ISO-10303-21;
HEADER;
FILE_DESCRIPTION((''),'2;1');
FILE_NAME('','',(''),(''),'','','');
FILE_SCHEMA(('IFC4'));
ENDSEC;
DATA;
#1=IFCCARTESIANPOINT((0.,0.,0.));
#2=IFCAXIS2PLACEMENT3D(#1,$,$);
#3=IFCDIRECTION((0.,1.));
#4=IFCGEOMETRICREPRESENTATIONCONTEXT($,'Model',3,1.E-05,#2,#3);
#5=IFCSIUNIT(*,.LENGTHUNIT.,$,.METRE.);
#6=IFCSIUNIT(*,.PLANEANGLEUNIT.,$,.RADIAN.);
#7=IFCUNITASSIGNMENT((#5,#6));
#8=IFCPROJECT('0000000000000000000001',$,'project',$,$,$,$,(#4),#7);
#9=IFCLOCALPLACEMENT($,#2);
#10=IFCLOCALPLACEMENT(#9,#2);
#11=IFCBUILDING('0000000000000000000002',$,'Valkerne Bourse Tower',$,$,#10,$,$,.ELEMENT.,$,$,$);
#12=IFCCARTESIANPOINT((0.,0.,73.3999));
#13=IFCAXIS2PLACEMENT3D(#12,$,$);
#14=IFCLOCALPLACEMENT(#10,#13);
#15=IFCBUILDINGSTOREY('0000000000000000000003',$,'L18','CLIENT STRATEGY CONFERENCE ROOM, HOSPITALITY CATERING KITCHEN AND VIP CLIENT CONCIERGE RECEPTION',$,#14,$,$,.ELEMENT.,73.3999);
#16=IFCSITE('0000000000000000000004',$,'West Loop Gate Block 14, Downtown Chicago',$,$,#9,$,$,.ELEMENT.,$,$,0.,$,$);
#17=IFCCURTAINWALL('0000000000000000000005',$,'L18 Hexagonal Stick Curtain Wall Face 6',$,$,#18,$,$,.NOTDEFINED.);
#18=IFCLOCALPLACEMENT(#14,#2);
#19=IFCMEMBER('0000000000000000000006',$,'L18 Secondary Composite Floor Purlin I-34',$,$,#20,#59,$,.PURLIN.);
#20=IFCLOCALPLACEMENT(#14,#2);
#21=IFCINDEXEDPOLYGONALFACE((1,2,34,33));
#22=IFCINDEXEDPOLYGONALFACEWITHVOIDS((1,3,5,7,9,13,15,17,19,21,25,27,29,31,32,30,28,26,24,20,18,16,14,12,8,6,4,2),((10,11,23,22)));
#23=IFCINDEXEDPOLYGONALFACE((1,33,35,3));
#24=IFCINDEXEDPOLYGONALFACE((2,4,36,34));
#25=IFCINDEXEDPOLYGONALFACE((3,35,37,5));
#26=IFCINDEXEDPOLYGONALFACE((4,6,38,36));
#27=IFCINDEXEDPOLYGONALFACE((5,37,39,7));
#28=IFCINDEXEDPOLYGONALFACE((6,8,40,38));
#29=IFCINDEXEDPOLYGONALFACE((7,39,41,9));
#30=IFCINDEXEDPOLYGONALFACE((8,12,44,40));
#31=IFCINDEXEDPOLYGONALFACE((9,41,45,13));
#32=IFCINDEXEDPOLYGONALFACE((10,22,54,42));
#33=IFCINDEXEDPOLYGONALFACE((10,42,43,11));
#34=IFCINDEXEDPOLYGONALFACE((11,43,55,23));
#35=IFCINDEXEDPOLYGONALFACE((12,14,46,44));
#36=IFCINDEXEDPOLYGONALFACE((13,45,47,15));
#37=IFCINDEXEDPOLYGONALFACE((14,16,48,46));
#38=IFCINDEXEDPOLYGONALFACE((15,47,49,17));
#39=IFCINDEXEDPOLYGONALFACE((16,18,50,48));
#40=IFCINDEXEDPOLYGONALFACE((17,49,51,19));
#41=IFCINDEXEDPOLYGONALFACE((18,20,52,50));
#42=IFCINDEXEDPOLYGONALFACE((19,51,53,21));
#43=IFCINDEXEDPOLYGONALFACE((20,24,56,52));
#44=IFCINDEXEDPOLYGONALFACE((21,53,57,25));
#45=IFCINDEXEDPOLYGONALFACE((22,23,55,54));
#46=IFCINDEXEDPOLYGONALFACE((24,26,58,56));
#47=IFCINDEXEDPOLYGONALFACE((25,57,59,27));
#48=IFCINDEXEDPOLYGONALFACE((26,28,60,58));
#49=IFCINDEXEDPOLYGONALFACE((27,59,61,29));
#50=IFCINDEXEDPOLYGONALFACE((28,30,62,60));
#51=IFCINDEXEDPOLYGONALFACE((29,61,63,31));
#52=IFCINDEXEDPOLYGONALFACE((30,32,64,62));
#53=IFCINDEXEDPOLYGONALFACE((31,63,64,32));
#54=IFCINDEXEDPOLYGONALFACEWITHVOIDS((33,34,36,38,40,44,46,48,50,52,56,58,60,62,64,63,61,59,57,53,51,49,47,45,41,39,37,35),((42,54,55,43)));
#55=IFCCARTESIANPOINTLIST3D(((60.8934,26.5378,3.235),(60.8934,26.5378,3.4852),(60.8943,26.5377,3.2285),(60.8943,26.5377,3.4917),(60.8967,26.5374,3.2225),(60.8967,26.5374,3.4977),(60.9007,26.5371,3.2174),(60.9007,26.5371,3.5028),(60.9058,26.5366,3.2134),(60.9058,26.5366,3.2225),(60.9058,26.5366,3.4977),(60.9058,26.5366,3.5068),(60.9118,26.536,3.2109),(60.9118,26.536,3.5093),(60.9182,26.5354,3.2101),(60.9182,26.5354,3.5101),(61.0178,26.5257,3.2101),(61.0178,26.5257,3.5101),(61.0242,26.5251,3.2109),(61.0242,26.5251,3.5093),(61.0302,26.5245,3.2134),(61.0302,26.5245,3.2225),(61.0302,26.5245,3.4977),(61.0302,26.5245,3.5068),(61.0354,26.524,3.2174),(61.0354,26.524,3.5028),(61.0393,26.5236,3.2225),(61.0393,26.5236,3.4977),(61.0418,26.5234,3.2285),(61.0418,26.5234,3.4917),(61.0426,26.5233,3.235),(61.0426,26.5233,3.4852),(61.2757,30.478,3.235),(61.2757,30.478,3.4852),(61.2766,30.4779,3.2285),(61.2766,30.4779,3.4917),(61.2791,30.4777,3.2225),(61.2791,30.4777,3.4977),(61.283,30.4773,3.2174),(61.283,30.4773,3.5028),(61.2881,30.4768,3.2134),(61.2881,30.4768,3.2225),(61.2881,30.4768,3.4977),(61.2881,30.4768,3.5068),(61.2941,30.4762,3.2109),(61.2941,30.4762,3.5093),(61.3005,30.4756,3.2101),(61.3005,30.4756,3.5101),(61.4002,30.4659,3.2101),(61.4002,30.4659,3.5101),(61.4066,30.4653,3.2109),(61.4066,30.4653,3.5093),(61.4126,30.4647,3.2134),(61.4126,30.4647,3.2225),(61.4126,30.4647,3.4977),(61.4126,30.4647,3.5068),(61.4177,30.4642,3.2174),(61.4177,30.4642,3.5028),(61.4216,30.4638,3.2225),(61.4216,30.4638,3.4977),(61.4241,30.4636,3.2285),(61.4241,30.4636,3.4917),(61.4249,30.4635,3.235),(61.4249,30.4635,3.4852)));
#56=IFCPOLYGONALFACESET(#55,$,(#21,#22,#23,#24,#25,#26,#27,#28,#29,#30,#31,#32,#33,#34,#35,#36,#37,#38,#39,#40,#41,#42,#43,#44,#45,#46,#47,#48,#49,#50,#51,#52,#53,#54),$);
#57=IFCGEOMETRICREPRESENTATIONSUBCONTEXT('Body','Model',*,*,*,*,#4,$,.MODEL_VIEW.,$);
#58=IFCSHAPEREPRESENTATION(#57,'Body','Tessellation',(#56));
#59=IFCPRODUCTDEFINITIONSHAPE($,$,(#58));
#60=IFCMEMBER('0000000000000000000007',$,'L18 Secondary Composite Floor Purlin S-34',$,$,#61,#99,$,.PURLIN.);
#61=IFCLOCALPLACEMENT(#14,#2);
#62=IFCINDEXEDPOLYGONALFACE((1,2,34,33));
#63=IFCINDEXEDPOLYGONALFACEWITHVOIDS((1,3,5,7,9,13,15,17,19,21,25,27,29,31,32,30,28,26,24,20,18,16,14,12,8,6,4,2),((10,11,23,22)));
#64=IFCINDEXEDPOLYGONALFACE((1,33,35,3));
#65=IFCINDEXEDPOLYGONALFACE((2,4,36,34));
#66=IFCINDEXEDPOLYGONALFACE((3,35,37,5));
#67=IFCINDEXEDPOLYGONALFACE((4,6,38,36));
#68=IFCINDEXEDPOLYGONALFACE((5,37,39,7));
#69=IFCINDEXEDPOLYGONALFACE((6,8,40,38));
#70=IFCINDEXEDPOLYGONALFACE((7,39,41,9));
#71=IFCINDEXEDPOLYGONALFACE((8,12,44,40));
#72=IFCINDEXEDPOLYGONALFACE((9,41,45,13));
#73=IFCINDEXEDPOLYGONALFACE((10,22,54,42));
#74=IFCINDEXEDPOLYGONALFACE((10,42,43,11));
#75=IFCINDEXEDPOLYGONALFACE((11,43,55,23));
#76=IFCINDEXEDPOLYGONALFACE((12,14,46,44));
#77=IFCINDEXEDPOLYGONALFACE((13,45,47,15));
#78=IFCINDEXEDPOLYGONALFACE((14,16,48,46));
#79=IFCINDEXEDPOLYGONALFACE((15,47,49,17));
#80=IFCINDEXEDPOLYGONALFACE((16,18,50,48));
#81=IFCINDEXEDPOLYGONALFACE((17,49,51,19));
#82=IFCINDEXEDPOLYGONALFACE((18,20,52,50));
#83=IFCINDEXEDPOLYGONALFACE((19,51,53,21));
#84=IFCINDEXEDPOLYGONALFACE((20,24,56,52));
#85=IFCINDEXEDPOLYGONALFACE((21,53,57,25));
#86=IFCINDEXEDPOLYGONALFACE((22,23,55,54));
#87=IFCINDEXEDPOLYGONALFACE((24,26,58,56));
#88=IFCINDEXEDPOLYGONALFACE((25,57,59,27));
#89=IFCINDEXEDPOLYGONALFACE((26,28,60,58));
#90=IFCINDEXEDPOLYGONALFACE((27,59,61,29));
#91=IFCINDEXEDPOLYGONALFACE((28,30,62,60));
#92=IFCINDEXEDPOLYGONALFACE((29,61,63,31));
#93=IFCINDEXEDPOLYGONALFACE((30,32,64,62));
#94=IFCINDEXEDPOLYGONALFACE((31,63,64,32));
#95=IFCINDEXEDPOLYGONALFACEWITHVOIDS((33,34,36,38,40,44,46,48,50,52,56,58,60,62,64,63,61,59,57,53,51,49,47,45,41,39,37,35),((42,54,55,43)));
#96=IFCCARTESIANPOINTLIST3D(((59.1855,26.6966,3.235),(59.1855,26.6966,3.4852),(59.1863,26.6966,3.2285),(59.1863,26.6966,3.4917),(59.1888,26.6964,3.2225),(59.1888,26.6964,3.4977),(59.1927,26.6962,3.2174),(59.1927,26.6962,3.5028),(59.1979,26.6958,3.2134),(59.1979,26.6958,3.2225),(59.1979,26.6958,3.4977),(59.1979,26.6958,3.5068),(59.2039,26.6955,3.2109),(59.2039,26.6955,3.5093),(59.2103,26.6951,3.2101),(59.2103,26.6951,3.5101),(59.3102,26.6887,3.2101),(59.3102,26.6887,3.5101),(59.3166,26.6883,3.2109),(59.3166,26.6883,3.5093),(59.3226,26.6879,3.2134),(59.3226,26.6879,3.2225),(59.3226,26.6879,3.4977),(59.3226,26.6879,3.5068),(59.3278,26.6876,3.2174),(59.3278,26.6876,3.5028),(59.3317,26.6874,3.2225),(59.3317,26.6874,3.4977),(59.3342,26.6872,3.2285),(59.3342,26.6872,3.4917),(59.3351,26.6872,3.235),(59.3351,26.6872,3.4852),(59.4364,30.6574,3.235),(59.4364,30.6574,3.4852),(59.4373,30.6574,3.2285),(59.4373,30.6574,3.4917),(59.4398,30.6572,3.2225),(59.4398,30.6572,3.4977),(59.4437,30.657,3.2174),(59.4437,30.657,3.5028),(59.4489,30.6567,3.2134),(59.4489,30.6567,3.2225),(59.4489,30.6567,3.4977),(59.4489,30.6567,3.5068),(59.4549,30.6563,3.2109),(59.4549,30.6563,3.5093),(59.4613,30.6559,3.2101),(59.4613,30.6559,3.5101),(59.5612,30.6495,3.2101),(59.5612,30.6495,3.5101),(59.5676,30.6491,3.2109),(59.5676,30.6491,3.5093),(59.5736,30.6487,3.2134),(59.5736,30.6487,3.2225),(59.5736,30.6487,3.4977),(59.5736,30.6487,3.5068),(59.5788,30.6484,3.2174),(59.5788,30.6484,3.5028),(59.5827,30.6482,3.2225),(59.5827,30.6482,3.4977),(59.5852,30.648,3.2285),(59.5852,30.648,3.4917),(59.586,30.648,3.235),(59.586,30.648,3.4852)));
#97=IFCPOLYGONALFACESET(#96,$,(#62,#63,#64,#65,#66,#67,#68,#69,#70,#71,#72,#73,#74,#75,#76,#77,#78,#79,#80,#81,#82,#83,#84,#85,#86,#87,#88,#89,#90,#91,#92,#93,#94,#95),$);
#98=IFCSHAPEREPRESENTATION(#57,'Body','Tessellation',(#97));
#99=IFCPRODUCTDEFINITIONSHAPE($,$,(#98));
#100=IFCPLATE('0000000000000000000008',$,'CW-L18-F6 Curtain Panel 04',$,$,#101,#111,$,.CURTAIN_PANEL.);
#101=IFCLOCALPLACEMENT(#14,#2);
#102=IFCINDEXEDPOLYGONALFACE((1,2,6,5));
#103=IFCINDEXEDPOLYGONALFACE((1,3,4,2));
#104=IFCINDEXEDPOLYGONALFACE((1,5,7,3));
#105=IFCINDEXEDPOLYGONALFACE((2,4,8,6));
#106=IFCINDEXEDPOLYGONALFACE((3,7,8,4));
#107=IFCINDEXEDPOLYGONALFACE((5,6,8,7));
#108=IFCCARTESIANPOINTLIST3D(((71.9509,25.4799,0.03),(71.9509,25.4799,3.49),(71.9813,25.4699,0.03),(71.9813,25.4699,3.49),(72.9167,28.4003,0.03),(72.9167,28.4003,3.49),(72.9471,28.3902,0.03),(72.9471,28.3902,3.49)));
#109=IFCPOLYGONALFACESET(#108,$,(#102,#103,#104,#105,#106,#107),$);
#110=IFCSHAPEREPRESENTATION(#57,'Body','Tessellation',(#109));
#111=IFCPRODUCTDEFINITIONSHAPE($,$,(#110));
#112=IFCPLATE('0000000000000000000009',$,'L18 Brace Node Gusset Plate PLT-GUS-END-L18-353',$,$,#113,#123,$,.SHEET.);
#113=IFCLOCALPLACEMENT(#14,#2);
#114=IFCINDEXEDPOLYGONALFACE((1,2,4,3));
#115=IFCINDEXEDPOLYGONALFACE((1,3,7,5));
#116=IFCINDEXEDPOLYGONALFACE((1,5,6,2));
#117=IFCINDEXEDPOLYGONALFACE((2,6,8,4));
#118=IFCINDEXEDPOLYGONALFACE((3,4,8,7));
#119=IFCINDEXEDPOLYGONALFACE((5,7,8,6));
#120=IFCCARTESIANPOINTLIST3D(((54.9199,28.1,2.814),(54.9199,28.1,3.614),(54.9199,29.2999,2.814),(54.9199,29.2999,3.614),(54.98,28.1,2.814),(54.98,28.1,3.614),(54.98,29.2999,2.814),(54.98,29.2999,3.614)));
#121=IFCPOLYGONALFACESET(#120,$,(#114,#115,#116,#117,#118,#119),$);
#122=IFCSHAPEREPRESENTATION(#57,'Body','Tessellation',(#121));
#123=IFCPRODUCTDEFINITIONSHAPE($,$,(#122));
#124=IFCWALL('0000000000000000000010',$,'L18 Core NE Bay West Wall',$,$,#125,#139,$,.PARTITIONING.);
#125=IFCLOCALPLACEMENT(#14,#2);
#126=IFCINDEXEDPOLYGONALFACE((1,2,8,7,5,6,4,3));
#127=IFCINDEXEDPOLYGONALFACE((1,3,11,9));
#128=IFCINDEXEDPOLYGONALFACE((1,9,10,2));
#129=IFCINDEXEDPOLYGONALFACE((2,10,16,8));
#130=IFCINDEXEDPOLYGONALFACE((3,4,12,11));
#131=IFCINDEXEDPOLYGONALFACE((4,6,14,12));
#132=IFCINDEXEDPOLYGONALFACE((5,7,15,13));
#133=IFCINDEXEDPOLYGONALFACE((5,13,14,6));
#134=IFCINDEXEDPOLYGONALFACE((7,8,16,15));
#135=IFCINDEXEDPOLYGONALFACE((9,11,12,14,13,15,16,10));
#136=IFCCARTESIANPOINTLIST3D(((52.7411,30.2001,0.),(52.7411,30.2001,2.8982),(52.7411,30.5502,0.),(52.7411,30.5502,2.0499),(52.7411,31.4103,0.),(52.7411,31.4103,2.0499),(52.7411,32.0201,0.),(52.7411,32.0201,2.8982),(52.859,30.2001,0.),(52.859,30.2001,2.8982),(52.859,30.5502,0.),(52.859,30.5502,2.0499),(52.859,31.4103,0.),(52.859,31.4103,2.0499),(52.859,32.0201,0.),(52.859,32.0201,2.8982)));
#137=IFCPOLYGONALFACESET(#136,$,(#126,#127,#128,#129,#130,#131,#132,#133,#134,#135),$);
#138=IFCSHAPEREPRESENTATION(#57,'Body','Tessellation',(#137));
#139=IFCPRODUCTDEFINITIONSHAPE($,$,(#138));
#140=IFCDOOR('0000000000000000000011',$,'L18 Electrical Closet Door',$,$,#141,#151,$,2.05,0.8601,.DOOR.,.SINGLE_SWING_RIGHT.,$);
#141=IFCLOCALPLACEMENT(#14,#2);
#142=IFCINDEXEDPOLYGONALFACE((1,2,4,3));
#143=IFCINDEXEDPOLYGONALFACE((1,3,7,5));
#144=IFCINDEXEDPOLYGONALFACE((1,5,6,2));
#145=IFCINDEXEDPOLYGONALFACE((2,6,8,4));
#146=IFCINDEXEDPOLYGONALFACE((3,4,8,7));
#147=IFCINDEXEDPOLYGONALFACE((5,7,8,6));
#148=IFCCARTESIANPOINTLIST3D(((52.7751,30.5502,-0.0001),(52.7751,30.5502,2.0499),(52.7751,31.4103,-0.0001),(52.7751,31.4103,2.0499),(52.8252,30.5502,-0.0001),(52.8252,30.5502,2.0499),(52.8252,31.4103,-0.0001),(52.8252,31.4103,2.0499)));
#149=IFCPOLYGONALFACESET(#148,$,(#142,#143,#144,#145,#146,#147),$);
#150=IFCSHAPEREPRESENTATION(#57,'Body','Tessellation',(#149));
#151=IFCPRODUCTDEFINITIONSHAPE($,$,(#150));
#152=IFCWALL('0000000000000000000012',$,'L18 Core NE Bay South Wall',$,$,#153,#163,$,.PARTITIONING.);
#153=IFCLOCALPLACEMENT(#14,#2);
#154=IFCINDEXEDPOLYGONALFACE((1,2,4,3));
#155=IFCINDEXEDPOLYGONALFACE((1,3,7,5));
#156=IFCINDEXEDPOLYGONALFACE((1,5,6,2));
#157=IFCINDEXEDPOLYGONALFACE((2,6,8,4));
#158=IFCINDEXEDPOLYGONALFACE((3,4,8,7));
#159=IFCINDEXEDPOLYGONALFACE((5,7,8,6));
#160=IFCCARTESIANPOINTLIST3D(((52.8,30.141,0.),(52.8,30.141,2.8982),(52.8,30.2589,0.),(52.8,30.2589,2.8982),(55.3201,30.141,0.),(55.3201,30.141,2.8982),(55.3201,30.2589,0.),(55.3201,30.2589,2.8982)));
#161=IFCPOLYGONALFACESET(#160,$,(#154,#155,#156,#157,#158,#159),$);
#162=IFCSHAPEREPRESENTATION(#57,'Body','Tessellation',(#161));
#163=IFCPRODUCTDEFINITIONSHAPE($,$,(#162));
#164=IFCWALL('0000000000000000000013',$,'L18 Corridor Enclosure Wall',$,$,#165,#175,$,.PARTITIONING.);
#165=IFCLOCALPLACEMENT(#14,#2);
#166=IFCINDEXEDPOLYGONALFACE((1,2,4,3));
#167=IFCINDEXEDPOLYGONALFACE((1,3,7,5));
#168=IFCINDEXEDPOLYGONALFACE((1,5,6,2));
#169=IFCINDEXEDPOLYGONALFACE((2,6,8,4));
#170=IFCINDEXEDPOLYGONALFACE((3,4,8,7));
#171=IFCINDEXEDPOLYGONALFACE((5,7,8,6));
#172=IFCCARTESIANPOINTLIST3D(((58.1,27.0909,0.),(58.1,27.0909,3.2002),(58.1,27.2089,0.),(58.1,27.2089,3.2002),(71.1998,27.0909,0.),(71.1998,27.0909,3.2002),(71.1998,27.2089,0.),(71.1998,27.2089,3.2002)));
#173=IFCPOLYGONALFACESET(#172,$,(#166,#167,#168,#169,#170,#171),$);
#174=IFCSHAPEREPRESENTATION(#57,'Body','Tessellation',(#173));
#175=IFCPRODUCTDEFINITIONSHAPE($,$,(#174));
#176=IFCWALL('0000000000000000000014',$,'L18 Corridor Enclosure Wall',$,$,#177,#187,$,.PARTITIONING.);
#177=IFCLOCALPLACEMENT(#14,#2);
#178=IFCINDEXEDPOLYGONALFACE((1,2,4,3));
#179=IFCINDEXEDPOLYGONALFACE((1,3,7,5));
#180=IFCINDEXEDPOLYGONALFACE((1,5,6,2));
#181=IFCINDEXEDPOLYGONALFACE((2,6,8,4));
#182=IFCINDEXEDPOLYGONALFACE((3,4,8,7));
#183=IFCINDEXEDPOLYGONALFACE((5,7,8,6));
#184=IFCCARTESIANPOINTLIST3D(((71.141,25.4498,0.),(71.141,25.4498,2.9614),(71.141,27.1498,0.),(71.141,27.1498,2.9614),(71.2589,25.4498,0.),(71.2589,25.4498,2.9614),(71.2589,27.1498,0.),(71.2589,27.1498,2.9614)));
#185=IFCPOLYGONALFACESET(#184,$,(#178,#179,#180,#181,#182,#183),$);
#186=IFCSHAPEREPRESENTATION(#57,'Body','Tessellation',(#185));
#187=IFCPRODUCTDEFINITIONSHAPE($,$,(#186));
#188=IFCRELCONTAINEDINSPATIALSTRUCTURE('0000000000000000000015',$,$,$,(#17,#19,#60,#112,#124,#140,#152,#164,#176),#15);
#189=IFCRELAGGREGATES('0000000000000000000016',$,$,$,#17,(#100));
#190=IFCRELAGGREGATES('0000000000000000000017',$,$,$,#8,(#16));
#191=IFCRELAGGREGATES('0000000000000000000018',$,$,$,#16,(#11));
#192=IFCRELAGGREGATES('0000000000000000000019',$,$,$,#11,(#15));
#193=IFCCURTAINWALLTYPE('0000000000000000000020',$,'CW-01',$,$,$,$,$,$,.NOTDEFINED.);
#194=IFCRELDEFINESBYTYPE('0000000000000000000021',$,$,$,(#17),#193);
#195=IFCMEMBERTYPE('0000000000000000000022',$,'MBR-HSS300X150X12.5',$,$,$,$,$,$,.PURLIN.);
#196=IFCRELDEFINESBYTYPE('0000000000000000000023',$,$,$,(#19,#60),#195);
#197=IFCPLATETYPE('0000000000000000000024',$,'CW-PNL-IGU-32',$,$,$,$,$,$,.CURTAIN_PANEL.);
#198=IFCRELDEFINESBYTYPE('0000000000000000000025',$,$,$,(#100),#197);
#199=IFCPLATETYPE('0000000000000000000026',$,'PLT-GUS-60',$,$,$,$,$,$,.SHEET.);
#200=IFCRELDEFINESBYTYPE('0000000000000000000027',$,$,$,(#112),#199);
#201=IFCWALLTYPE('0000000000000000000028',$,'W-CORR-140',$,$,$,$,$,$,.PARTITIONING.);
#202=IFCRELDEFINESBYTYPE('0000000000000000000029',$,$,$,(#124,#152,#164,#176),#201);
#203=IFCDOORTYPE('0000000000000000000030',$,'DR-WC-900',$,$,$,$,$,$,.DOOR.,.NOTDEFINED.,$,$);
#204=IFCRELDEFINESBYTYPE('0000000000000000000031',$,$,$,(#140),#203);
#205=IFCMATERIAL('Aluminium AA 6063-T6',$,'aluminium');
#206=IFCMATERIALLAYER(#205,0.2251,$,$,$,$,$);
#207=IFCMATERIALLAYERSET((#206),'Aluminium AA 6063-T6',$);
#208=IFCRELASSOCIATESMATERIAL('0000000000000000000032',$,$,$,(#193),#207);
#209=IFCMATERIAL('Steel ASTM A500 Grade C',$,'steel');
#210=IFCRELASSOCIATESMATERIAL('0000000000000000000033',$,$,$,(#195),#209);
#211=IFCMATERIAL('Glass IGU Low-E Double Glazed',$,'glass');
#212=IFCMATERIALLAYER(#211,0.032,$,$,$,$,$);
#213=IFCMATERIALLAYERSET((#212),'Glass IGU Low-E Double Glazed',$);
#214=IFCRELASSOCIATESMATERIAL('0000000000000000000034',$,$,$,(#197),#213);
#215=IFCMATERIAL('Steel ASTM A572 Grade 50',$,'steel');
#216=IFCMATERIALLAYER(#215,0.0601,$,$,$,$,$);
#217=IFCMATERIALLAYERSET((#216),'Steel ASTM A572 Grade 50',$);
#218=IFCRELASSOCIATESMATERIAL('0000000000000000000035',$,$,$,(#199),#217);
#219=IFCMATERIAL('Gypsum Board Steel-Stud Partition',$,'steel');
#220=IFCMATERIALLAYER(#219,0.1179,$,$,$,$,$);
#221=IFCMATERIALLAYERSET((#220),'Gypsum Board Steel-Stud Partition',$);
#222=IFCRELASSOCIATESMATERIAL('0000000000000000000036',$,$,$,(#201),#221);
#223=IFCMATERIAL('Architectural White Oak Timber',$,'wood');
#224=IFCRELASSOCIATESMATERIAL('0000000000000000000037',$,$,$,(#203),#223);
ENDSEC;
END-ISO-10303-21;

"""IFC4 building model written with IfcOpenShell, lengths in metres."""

from ifc_helpers import new_model, si_unit, direction, frame, frame_2d, origin, origin_2d, place, context, subcontext, project, spatial, rectangle, hollow_rectangle, extrude, material, layer, layer_set, material_profile, profile_set, type_object, element, fill, aggregate, save


model = new_model("IFC4")

# Units and contexts
model_context = context("Model", 3, precision=1e-05, world=origin(), true_north=direction((0.0, 1.0)))
body_context = subcontext(model_context, "Body", "Model", "MODEL_VIEW")
ifc_project = project(units=[si_unit("LENGTHUNIT", "METRE"), si_unit("PLANEANGLEUNIT", "RADIAN")], contexts=[model_context])

# Site, building, storey
site_placement = place(None, origin())
site = spatial("IfcSite", under=ifc_project, at=site_placement, Name="West Loop Gate Block 14, Downtown Chicago", CompositionType="ELEMENT", RefElevation=0.0)
building_placement = place(site_placement, origin())
building = spatial("IfcBuilding", under=site, at=building_placement, Name="Valkerne Bourse Tower", CompositionType="ELEMENT")
storey_placement = place(building_placement, frame((0.0, 0.0, 73.3999)))
storey = spatial("IfcBuildingStorey", under=building, at=storey_placement, Name="L18", Description="CLIENT STRATEGY CONFERENCE ROOM, HOSPITALITY CATERING KITCHEN AND VIP CLIENT CONCIERGE RECEPTION", CompositionType="ELEMENT", Elevation=73.3999)

# Curtain wall
ifc_material_1 = material(Name="Aluminium AA 6063-T6", Category="aluminium")
ifc_layer_1 = layer(ifc_material_1, 0.2251)
ifc_layer_set_1 = layer_set([ifc_layer_1], Name="Aluminium AA 6063-T6")
curtain_wall_type = type_object("IfcCurtainWallType", Name="CW-01", PredefinedType="NOTDEFINED", material=ifc_layer_set_1)
curtain_wall_1_placement = place(storey_placement, origin())
curtain_wall_1 = element("IfcCurtainWall", 1, at=curtain_wall_1_placement, inside=storey, type_object=curtain_wall_type, Name="L18 Hexagonal Stick Curtain Wall Face 6", PredefinedType="NOTDEFINED")

# Members
ifc_material_2 = material(Name="Steel ASTM A500 Grade C", Category="steel")
ifc_material_profile_1 = material_profile(ifc_material_2, hollow_rectangle(XDim=0.1499, YDim=0.3, WallThickness=0.0125, OuterFilletRadius=0.0249, at=origin_2d()), Name="HSS300X150X12.5")
ifc_profile_set_1 = profile_set([ifc_material_profile_1], Name="Steel ASTM A500 Grade C")
member_type_1 = type_object("IfcMemberType", Name="MBR-HSS300X150X12.5", PredefinedType="PURLIN", material=ifc_profile_set_1)
member_1_placement = place(storey_placement, frame((60.968, 26.5305, 3.3601), z_axis=(0.096578, 0.995325, 0.0), x_axis=(-0.995325, 0.096578, 0.0)))
element("IfcMember", 2, at=member_1_placement, inside=storey, type_object=member_type_1, Name="L18 Secondary Composite Floor Purlin I-34", PredefinedType="PURLIN", context=body_context, shape_type="SweptSolid", body=[
    extrude(hollow_rectangle(XDim=0.1499, YDim=0.3, WallThickness=0.0125, OuterFilletRadius=0.0249, at=origin_2d()), origin(), (0.0, 0.0, 1.0), 3.9587),
])
member_2_placement = place(storey_placement, frame((59.2603, 26.6919, 3.3601), z_axis=(0.06324, 0.997998, 0.0), x_axis=(-0.997998, 0.06324, 0.0)))
element("IfcMember", 3, at=member_2_placement, inside=storey, type_object=member_type_1, Name="L18 Secondary Composite Floor Purlin S-34", PredefinedType="PURLIN", context=body_context, shape_type="SweptSolid", body=[
    extrude(hollow_rectangle(XDim=0.1499, YDim=0.3, WallThickness=0.0125, OuterFilletRadius=0.0249, at=origin_2d()), origin(), (0.0, 0.0, 1.0), 3.9688),
])

# Plates
ifc_material_3 = material(Name="Glass IGU Low-E Double Glazed", Category="glass")
ifc_layer_2 = layer(ifc_material_3, 0.032)
ifc_layer_set_2 = layer_set([ifc_layer_2], Name="Glass IGU Low-E Double Glazed")
plate_type_1 = type_object("IfcPlateType", Name="CW-PNL-IGU-32", PredefinedType="CURTAIN_PANEL", material=ifc_layer_set_2)
plate_1_placement = place(storey_placement, frame((72.449, 26.9351, 0.03), z_axis=(0.0, 0.0, 1.0), x_axis=(0.31399, 0.949426, 0.0)))
plate_1 = element("IfcPlate", 4, at=plate_1_placement, type_object=plate_type_1, Name="CW-L18-F6 Curtain Panel 04", PredefinedType="CURTAIN_PANEL", context=body_context, shape_type="SweptSolid", body=[
    extrude(rectangle(XDim=3.0759, YDim=0.032, at=origin_2d()), origin(), (0.0, 0.0, 1.0), 3.46),
])
aggregate(curtain_wall_1, [plate_1])
ifc_material_4 = material(Name="Steel ASTM A572 Grade 50", Category="steel")
ifc_layer_3 = layer(ifc_material_4, 0.0601)
ifc_layer_set_3 = layer_set([ifc_layer_3], Name="Steel ASTM A572 Grade 50")
plate_type_2 = type_object("IfcPlateType", Name="PLT-GUS-60", PredefinedType="SHEET", material=ifc_layer_set_3)
plate_2_placement = place(storey_placement, frame((54.95, 28.7, 2.814), z_axis=(0.0, 0.0, 1.0), x_axis=(0.0, 1.0, 0.0)))
element("IfcPlate", 5, at=plate_2_placement, inside=storey, type_object=plate_type_2, Name="L18 Brace Node Gusset Plate PLT-GUS-END-L18-353", PredefinedType="SHEET", context=body_context, shape_type="SweptSolid", body=[
    extrude(rectangle(XDim=1.2, YDim=0.0601, at=origin_2d()), origin(), (0.0, 0.0, 1.0), 0.8),
])

# Wall, opening, door
ifc_material_5 = material(Name="Gypsum Board Steel-Stud Partition", Category="steel")
ifc_layer_4 = layer(ifc_material_5, 0.1179)
ifc_layer_set_4 = layer_set([ifc_layer_4], Name="Gypsum Board Steel-Stud Partition")
wall_type_1 = type_object("IfcWallType", Name="W-CORR-140", PredefinedType="PARTITIONING", material=ifc_layer_set_4)
wall_1_placement = place(storey_placement, frame((52.8, 30.2, 0.0), z_axis=(0.0, 0.0, 1.0), x_axis=(0.0, 1.0, 0.0)))
wall_1 = element("IfcWall", 6, at=wall_1_placement, inside=storey, type_object=wall_type_1, Name="L18 Core NE Bay West Wall", PredefinedType="PARTITIONING", context=body_context, shape_type="SweptSolid", body=[
    extrude(rectangle(XDim=1.8201, YDim=0.1179, at=frame_2d((0.9102, 0.0))), origin(), (0.0, 0.0, 1.0), 2.8982),
])
opening_1_placement = place(wall_1_placement, frame((0.3501, 0.0, 0.0)))
opening_1 = element("IfcOpeningElement", 7, at=opening_1_placement, cuts=wall_1, PredefinedType="OPENING", context=body_context, shape_type="SweptSolid", body=[
    extrude(rectangle(XDim=0.8601, YDim=2.05, at=frame_2d((0.4302, 1.0249))), frame((0.0, 0.0688, 0.0), z_axis=(0.0, -1.0, 0.0), x_axis=(1.0, 0.0, 0.0)), (0.0, 0.0, 1.0), 0.1379),
])
ifc_material_6 = material(Name="Architectural White Oak Timber", Category="wood")
door_type_1 = type_object("IfcDoorType", Name="DR-WC-900", OperationType="NOTDEFINED", PredefinedType="DOOR", material=ifc_material_6)
door_1_placement = place(opening_1_placement, origin())
door_1 = element("IfcDoor", 8, at=door_1_placement, inside=storey, type_object=door_type_1, Name="L18 Electrical Closet Door", OperationType="SINGLE_SWING_RIGHT", OverallHeight=2.05, OverallWidth=0.8601, PredefinedType="DOOR", context=body_context, shape_type="SweptSolid", body=[
    extrude(rectangle(XDim=0.8601, YDim=2.05, at=frame_2d((0.4302, 1.0249))), frame((0.0, 0.0249, 0.0), z_axis=(0.0, -1.0, 0.0), x_axis=(1.0, 0.0, 0.0)), (0.0, 0.0, 1.0), 0.05),
])
fill(opening_1, door_1)

# Walls
wall_2_placement = place(storey_placement, frame((52.8, 30.2, 0.0), z_axis=(0.0, 0.0, 1.0), x_axis=(1.0, 0.0, 0.0)))
element("IfcWall", 9, at=wall_2_placement, inside=storey, type_object=wall_type_1, Name="L18 Core NE Bay South Wall", PredefinedType="PARTITIONING", context=body_context, shape_type="SweptSolid", body=[
    extrude(rectangle(XDim=2.52, YDim=0.1179, at=frame_2d((1.26, 0.0))), origin(), (0.0, 0.0, 1.0), 2.8982),
])
wall_3_placement = place(storey_placement, frame((58.1001, 27.1499, 0.0), z_axis=(0.0, 0.0, 1.0), x_axis=(1.0, 0.0, 0.0)))
element("IfcWall", 10, at=wall_3_placement, inside=storey, type_object=wall_type_1, Name="L18 Corridor Enclosure Wall", PredefinedType="PARTITIONING", context=body_context, shape_type="SweptSolid", body=[
    extrude(rectangle(XDim=13.0999, YDim=0.1179, at=frame_2d((6.5498, 0.0))), origin(), (0.0, 0.0, 1.0), 3.2002),
])
wall_4_placement = place(storey_placement, frame((71.2, 27.1499, 0.0), z_axis=(0.0, 0.0, 1.0), x_axis=(0.0, -1.0, 0.0)))
element("IfcWall", 11, at=wall_4_placement, inside=storey, type_object=wall_type_1, Name="L18 Corridor Enclosure Wall", PredefinedType="PARTITIONING", context=body_context, shape_type="SweptSolid", body=[
    extrude(rectangle(XDim=1.7, YDim=0.1179, at=frame_2d((0.8501, 0.0))), origin(), (0.0, 0.0, 1.0), 2.9614),
])

save(model, "model.ifc")
